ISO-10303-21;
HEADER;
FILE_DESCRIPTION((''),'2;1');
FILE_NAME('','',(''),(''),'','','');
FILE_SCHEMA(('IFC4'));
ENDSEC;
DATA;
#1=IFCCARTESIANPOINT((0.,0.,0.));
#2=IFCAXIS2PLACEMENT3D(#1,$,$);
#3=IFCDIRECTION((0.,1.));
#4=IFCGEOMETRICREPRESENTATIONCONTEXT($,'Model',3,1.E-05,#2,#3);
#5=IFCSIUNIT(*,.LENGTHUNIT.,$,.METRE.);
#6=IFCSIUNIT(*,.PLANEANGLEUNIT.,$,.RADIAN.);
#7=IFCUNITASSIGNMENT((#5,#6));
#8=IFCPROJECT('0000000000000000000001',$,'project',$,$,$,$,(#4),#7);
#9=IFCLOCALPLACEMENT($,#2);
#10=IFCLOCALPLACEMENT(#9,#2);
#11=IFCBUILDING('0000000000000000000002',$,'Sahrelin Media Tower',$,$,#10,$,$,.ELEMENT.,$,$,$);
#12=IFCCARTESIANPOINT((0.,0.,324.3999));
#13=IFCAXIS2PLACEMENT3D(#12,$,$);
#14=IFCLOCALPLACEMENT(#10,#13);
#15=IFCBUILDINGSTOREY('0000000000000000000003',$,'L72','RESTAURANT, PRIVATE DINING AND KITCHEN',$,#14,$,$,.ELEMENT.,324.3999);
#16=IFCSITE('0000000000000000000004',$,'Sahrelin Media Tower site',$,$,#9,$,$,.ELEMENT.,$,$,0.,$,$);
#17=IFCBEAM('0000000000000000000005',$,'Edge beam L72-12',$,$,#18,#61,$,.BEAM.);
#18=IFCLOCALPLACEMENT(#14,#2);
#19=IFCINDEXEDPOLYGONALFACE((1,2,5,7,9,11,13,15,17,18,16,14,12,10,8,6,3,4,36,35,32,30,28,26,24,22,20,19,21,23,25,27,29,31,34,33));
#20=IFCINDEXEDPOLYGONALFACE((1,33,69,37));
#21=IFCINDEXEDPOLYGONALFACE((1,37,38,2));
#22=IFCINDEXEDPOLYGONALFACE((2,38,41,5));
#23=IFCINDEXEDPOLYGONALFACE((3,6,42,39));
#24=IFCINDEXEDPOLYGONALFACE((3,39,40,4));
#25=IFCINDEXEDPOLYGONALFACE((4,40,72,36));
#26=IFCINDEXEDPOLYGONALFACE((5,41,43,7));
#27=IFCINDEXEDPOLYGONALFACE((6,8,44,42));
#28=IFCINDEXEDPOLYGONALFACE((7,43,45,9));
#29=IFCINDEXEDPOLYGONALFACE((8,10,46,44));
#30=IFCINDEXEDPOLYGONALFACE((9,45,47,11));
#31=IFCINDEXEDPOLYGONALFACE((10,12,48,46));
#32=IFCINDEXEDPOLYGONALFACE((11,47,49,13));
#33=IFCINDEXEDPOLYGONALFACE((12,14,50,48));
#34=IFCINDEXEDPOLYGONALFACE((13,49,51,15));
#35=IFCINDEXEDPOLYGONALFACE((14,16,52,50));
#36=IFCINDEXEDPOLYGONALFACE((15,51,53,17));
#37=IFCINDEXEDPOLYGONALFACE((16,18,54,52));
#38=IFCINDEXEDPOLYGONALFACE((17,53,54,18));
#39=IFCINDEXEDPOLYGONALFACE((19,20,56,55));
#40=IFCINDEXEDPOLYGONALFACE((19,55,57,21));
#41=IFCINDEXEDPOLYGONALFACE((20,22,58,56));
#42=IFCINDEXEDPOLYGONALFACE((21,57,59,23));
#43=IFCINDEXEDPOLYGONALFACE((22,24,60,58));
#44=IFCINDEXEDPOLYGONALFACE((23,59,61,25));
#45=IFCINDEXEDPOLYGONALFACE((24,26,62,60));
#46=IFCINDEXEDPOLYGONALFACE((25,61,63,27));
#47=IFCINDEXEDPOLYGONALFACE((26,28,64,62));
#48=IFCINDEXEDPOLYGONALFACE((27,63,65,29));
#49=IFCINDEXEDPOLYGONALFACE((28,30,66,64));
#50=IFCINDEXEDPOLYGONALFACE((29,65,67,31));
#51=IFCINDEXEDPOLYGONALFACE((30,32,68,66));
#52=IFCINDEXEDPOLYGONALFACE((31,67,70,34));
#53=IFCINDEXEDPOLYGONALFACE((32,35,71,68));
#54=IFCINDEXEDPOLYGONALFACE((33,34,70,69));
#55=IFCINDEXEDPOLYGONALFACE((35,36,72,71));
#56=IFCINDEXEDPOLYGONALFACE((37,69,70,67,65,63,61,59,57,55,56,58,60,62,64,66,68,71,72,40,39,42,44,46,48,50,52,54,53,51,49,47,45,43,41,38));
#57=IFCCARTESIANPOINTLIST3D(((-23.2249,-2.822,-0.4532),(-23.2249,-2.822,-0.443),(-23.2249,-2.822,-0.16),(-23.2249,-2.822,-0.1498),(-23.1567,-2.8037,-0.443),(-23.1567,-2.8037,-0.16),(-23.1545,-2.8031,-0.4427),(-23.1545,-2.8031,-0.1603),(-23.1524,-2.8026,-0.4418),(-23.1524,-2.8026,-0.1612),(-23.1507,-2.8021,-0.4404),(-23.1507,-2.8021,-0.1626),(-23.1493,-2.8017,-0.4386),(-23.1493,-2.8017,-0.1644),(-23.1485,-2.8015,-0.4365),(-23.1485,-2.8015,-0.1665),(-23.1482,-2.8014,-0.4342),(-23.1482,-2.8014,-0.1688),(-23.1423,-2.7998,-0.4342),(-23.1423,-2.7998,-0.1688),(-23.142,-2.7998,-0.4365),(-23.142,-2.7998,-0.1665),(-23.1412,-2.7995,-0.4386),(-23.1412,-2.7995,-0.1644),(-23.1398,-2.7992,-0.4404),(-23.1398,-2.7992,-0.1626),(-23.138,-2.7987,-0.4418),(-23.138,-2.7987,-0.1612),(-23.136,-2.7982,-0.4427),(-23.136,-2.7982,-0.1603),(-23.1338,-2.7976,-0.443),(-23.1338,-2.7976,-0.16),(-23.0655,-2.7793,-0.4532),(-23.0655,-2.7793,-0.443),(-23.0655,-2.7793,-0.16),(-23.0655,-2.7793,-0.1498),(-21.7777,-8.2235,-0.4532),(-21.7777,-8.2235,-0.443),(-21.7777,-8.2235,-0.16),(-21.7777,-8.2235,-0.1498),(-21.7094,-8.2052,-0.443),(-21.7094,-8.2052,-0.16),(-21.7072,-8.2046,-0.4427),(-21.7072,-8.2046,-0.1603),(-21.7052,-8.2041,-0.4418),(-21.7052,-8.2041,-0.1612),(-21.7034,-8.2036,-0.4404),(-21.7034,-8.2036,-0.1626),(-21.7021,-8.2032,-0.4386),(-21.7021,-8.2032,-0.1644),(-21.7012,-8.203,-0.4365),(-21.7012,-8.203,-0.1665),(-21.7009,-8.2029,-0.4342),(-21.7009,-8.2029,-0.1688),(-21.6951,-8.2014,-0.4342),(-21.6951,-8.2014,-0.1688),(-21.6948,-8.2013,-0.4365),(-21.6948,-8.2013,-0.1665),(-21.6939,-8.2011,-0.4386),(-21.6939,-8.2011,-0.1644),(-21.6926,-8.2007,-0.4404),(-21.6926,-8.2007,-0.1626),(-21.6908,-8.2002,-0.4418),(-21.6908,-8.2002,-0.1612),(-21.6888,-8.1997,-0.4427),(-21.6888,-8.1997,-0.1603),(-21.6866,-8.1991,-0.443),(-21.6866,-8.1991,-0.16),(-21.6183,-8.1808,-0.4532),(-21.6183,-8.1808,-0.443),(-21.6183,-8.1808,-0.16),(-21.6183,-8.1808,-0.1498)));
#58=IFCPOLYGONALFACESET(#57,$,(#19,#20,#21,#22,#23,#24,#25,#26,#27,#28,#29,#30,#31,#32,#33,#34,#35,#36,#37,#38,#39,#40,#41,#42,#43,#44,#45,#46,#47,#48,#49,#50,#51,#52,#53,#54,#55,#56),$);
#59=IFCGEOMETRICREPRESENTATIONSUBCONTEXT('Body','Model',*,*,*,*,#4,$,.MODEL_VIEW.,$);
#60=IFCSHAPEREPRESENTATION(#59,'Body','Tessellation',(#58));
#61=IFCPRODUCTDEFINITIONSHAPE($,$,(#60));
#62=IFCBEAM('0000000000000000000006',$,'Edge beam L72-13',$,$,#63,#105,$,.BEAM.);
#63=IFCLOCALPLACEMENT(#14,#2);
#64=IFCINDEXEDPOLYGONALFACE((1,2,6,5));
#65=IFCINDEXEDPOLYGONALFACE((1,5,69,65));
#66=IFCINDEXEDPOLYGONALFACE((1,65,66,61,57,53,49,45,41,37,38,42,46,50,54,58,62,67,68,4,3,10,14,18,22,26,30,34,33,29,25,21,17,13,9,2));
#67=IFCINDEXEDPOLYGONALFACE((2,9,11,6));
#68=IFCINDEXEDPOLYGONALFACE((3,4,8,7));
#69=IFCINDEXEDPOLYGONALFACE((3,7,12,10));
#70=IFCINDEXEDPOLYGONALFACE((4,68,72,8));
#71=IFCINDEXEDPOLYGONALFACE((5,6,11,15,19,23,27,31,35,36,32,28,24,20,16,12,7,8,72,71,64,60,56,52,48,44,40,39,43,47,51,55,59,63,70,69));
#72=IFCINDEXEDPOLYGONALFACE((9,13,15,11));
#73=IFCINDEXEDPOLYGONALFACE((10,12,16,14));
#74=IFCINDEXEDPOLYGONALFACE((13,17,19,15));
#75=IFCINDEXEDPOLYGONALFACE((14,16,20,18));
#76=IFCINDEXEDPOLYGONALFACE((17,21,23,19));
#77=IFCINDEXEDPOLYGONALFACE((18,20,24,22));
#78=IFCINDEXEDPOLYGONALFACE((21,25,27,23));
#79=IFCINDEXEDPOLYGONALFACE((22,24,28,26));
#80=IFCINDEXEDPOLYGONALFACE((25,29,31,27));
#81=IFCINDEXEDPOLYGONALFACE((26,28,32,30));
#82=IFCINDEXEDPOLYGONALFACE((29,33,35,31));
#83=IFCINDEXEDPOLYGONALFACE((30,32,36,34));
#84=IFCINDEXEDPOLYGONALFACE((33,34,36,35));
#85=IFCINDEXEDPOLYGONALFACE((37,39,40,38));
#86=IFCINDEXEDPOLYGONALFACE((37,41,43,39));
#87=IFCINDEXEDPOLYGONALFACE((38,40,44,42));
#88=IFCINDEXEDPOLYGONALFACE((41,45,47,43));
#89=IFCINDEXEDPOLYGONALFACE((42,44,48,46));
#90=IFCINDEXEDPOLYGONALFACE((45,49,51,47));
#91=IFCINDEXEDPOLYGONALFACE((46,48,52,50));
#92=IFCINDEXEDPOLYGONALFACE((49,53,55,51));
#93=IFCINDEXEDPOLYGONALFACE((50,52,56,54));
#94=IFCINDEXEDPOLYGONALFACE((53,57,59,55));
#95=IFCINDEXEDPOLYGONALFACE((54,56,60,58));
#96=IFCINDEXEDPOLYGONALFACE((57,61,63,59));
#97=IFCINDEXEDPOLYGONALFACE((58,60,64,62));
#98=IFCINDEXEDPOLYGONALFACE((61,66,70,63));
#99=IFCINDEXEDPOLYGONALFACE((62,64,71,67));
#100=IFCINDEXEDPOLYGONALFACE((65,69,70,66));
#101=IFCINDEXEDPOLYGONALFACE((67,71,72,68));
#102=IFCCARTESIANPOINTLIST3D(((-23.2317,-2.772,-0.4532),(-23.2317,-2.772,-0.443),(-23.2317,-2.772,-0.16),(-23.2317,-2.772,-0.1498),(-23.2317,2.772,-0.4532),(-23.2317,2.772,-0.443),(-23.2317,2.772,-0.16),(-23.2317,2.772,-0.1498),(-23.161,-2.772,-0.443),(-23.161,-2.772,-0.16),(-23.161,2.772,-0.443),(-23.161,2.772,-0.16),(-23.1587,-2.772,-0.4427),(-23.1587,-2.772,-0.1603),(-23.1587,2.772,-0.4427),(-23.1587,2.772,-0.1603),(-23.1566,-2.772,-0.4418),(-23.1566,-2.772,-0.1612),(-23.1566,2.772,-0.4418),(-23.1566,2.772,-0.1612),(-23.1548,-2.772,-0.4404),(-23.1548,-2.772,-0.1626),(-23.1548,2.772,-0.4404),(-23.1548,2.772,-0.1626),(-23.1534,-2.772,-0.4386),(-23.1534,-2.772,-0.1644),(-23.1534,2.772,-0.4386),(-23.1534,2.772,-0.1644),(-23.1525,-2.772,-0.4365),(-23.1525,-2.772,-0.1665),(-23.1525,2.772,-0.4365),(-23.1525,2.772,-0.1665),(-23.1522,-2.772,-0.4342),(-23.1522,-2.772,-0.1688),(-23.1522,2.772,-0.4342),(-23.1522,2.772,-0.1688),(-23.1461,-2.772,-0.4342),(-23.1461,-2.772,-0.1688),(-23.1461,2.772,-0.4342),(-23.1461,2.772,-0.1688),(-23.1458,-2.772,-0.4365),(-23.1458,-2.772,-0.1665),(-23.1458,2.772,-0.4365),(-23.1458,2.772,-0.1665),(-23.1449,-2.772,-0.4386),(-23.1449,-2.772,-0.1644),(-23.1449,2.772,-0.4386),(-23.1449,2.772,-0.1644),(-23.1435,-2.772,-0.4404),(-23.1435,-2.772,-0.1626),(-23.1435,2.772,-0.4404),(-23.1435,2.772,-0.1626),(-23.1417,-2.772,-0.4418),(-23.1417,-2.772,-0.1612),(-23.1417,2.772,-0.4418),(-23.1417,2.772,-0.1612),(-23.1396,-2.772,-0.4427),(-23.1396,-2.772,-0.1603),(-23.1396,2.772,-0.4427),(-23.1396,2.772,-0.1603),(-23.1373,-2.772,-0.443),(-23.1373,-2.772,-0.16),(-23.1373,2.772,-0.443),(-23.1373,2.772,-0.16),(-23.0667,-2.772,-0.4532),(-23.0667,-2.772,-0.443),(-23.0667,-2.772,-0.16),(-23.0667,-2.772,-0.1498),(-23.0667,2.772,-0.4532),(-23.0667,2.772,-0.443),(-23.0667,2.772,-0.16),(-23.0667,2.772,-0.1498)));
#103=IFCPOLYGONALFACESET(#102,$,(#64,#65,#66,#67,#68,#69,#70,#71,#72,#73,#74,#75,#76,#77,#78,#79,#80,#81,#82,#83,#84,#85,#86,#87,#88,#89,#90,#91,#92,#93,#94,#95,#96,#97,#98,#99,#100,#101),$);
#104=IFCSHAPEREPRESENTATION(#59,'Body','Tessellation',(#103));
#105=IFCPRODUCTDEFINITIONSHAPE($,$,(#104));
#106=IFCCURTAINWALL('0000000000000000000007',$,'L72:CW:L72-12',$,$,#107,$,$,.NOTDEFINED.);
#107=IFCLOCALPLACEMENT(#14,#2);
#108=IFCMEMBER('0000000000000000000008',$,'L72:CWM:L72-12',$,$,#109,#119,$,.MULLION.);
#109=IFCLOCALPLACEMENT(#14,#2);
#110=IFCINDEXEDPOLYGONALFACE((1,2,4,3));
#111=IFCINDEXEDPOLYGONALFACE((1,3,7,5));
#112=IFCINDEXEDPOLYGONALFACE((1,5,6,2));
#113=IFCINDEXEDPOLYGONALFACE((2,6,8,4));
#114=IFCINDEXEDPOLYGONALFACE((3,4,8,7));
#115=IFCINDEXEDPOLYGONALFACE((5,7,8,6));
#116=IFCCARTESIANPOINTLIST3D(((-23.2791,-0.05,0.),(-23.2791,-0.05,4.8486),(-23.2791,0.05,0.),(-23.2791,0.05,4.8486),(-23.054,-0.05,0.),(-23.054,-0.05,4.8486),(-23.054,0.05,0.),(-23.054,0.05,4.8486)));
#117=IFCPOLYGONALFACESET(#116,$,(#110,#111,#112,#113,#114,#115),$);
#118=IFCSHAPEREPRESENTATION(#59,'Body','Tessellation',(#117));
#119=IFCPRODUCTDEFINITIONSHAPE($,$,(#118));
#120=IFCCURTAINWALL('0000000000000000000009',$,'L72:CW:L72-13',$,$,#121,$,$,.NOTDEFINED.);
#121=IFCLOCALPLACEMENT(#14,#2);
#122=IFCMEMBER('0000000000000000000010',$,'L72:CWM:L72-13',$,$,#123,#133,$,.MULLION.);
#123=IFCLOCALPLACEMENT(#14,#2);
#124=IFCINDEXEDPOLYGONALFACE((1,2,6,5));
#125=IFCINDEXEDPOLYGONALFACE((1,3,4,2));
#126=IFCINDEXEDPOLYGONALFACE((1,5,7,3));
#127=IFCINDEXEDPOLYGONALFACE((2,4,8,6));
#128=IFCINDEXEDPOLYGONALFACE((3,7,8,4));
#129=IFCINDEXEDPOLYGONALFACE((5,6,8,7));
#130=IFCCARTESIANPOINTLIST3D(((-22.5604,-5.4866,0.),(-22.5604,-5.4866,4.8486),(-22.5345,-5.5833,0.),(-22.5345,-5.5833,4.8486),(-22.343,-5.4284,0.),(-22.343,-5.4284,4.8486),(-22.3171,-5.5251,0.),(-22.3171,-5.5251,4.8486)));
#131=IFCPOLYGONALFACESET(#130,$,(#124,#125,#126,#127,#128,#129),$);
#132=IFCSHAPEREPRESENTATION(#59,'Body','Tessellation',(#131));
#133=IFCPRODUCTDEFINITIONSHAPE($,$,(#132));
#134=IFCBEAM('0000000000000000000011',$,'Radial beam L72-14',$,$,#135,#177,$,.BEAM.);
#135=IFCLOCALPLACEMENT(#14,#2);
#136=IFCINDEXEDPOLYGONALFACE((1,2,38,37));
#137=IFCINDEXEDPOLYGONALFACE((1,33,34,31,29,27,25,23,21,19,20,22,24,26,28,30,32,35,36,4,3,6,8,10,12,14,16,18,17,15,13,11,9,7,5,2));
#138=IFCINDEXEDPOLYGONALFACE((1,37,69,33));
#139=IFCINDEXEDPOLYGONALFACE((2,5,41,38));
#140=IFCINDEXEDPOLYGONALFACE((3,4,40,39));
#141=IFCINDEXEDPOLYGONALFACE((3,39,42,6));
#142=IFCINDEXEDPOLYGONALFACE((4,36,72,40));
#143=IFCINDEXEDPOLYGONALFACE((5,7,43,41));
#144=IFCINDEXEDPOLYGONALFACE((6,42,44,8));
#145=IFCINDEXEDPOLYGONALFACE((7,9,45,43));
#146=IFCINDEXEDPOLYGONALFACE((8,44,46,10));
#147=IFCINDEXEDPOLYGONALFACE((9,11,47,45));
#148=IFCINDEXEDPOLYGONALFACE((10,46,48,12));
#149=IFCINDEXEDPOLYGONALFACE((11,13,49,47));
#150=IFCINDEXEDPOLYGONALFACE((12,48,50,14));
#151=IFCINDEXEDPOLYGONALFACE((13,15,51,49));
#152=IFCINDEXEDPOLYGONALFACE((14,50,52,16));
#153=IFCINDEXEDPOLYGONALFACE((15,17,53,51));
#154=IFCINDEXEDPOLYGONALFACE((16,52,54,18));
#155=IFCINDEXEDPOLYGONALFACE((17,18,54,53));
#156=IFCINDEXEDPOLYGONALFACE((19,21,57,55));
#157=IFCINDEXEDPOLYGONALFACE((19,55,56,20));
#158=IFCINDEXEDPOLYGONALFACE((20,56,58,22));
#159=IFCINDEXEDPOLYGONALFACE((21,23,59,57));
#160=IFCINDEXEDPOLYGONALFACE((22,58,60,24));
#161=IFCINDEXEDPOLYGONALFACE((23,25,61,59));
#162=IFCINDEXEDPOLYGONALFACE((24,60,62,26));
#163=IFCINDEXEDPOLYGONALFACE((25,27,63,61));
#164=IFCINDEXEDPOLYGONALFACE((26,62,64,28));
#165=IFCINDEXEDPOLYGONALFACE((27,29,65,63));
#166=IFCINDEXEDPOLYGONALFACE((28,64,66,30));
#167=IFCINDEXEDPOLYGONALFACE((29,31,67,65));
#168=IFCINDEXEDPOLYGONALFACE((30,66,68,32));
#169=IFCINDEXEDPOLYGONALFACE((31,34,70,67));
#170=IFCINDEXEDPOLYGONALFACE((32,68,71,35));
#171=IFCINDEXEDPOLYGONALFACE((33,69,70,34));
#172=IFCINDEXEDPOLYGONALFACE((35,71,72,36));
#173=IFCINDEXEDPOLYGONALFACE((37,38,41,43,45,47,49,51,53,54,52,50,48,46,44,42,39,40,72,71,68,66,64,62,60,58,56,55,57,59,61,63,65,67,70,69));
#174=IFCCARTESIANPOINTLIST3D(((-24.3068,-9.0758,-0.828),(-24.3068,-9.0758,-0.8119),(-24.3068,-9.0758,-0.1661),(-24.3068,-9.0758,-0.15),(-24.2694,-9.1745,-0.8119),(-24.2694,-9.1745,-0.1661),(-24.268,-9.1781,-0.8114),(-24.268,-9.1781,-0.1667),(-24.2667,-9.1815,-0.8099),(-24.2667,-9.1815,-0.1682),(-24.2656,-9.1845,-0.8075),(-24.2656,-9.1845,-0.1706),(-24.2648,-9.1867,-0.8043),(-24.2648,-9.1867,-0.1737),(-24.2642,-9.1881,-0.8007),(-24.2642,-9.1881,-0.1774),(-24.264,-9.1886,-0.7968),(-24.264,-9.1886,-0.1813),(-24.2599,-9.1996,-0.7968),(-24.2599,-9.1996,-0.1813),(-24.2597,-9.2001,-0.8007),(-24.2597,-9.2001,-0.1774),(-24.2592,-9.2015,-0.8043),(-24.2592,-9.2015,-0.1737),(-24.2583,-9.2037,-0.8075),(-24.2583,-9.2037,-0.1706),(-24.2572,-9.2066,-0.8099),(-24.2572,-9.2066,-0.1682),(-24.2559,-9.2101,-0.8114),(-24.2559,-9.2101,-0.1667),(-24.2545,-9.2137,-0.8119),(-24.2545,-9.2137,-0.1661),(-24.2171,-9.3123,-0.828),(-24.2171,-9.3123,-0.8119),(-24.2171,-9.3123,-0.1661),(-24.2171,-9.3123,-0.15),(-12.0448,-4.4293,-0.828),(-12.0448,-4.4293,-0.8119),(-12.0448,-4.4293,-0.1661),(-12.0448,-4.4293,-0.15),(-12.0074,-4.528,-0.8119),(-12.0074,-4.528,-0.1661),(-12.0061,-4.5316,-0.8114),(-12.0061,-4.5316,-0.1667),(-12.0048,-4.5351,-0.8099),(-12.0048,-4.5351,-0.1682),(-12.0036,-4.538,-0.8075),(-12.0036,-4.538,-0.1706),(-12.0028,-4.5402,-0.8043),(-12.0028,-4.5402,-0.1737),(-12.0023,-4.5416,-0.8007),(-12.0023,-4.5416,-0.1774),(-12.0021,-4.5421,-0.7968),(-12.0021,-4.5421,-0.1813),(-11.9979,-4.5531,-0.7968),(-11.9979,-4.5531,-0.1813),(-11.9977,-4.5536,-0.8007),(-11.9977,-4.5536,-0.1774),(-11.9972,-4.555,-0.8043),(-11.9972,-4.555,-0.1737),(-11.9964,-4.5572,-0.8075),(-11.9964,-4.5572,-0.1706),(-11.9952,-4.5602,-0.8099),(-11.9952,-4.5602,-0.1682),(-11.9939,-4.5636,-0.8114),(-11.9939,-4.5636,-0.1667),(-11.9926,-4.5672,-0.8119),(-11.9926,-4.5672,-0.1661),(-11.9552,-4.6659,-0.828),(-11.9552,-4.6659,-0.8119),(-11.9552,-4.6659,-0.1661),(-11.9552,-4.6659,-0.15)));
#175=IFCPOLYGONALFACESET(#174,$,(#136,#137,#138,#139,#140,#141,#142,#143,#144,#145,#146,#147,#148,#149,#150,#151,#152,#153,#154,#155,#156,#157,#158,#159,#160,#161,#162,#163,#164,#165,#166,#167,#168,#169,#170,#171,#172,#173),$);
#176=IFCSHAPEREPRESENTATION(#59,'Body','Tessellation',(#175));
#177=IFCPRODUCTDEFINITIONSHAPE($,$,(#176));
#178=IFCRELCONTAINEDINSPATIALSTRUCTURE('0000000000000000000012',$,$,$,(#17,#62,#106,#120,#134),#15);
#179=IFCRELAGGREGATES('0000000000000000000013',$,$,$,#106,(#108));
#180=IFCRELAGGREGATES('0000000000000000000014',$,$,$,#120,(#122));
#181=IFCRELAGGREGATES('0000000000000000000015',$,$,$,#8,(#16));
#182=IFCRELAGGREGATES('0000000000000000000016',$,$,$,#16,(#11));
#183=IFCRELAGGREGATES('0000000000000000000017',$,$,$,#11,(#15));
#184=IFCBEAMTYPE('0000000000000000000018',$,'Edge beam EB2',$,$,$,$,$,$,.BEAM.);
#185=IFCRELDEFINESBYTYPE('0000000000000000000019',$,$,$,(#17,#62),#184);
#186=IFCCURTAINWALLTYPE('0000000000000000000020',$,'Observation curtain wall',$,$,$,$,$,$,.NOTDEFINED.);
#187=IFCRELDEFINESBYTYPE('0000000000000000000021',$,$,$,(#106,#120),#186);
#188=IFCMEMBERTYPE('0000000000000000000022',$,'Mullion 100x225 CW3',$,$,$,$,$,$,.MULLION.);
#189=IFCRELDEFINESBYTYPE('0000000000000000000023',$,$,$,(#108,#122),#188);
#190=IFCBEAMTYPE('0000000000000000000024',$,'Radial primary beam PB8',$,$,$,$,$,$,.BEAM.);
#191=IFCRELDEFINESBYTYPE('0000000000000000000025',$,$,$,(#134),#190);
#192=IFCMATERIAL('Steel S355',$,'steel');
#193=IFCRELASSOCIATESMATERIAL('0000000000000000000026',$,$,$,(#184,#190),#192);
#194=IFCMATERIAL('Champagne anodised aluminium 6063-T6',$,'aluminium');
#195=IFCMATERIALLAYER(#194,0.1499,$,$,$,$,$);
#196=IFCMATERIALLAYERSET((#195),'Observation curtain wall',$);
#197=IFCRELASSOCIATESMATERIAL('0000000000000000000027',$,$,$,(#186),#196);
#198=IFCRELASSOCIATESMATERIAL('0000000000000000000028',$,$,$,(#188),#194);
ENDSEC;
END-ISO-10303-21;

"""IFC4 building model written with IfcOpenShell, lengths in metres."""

from ifc_helpers import new_model, si_unit, direction, frame, origin, origin_2d, place, context, subcontext, project, spatial, rectangle, i_section, extrude, material, layer, layer_set, material_profile, profile_set, type_object, element, aggregate, save


model = new_model("IFC4")

# Units and contexts
model_context = context("Model", 3, precision=1e-05, world=origin(), true_north=direction((0.0, 1.0)))
body_context = subcontext(model_context, "Body", "Model", "MODEL_VIEW")
ifc_project = project(units=[si_unit("LENGTHUNIT", "METRE"), si_unit("PLANEANGLEUNIT", "RADIAN")], contexts=[model_context])

# Site, building, storey
site_placement = place(None, origin())
site = spatial("IfcSite", under=ifc_project, at=site_placement, Name="Sahrelin Media Tower site", CompositionType="ELEMENT", RefElevation=0.0)
building_placement = place(site_placement, origin())
building = spatial("IfcBuilding", under=site, at=building_placement, Name="Sahrelin Media Tower", CompositionType="ELEMENT")
storey_placement = place(building_placement, frame((0.0, 0.0, 324.3999)))
storey = spatial("IfcBuildingStorey", under=building, at=storey_placement, Name="L72", Description="RESTAURANT, PRIVATE DINING AND KITCHEN", CompositionType="ELEMENT", Elevation=324.3999)

# Beams
ifc_material_1 = material(Name="Steel S355", Category="steel")
ifc_material_profile_1 = material_profile(ifc_material_1, i_section(OverallWidth=0.165, OverallDepth=0.3035, WebThickness=0.0061, FlangeThickness=0.0103, FilletRadius=0.0088, at=origin_2d()), Name="UB 305x165x40")
ifc_profile_set_1 = profile_set([ifc_material_profile_1], Name="Steel S355")
beam_type_1 = type_object("IfcBeamType", Name="Edge beam EB2", PredefinedType="BEAM", material=ifc_profile_set_1)
beam_1_placement = place(storey_placement, frame((-21.698, -8.2021, -0.3015), z_axis=(-0.258804, 0.96593, 0.0), x_axis=(-0.96593, -0.258804, 0.0)))
element("IfcBeam", 1, at=beam_1_placement, inside=storey, type_object=beam_type_1, Name="Edge beam L72-12", PredefinedType="BEAM", context=body_context, shape_type="SweptSolid", body=[
    extrude(i_section(OverallWidth=0.165, OverallDepth=0.3035, WebThickness=0.0061, FlangeThickness=0.0103, FilletRadius=0.0088, at=origin_2d()), origin(), (0.0, 0.0, 1.0), 5.592),
])
beam_2_placement = place(storey_placement, frame((-23.1492, -2.772, -0.3015), z_axis=(0.0, 1.0, 0.0), x_axis=(-1.0, 0.0, 0.0)))
element("IfcBeam", 2, at=beam_2_placement, inside=storey, type_object=beam_type_1, Name="Edge beam L72-13", PredefinedType="BEAM", context=body_context, shape_type="SweptSolid", body=[
    extrude(i_section(OverallWidth=0.165, OverallDepth=0.3035, WebThickness=0.0061, FlangeThickness=0.0103, FilletRadius=0.0088, at=origin_2d()), origin(), (0.0, 0.0, 1.0), 5.5439),
])

# Curtain walls, members
ifc_material_2 = material(Name="Champagne anodised aluminium 6063-T6", Category="aluminium")
ifc_layer_1 = layer(ifc_material_2, 0.1499)
ifc_layer_set_1 = layer_set([ifc_layer_1], Name="Observation curtain wall")
curtain_wall_type = type_object("IfcCurtainWallType", Name="Observation curtain wall", PredefinedType="NOTDEFINED", material=ifc_layer_set_1)
curtain_wall_1_placement = place(storey_placement, frame((-23.2991, 0.0, 0.0), z_axis=(0.0, 0.0, 1.0), x_axis=(1.0, 0.0, 0.0)))
curtain_wall_1 = element("IfcCurtainWall", 3, at=curtain_wall_1_placement, inside=storey, type_object=curtain_wall_type, Name="L72:CW:L72-12", PredefinedType="NOTDEFINED")
ifc_material_profile_2 = material_profile(ifc_material_2, rectangle(XDim=0.1001, YDim=0.2251, at=origin_2d()), Name="Mullion 100x225")
ifc_profile_set_2 = profile_set([ifc_material_profile_2], Name="Champagne anodised aluminium 6063-T6")
member_type_1 = type_object("IfcMemberType", Name="Mullion 100x225 CW3", PredefinedType="MULLION", material=ifc_profile_set_2)
member_1_placement = place(storey_placement, frame((-23.1665, 0.0, 0.0), z_axis=(0.0, 0.0, 1.0), x_axis=(0.0, -1.0, 0.0)))
member_1 = element("IfcMember", 4, at=member_1_placement, type_object=member_type_1, Name="L72:CWM:L72-12", PredefinedType="MULLION", context=body_context, shape_type="SweptSolid", body=[
    extrude(rectangle(XDim=0.1001, YDim=0.2251, at=origin_2d()), origin(), (0.0, 0.0, 1.0), 4.8486),
])
aggregate(curtain_wall_1, [member_1])
curtain_wall_2_placement = place(storey_placement, frame((-22.5664, -5.5403, 0.0), z_axis=(0.0, 0.0, 1.0), x_axis=(1.0, 0.0, 0.0)))
curtain_wall_2 = element("IfcCurtainWall", 5, at=curtain_wall_2_placement, inside=storey, type_object=curtain_wall_type, Name="L72:CW:L72-13", PredefinedType="NOTDEFINED")
member_2_placement = place(storey_placement, frame((-22.4387, -5.5059, 0.0), z_axis=(0.0, 0.0, 1.0), x_axis=(0.258816, -0.965927, 0.0)))
member_2 = element("IfcMember", 6, at=member_2_placement, type_object=member_type_1, Name="L72:CWM:L72-13", PredefinedType="MULLION", context=body_context, shape_type="SweptSolid", body=[
    extrude(rectangle(XDim=0.1001, YDim=0.2251, at=origin_2d()), origin(), (0.0, 0.0, 1.0), 4.8486),
])

# Beam
ifc_material_profile_3 = material_profile(ifc_material_1, i_section(OverallWidth=0.2529, OverallDepth=0.678, WebThickness=0.0117, FlangeThickness=0.0161, FilletRadius=0.0151, at=origin_2d()), Name="UB 686x254x125")
ifc_profile_set_3 = profile_set([ifc_material_profile_3], Name="Steel S355")
beam_type_2 = type_object("IfcBeamType", Name="Radial primary beam PB8", PredefinedType="BEAM", material=ifc_profile_set_3)
beam_3_placement = place(storey_placement, frame((-12.0, -4.5476, -0.489), z_axis=(-0.935114, -0.354347, 0.0), x_axis=(0.354347, -0.935114, 0.0)))
element("IfcBeam", 7, at=beam_3_placement, inside=storey, type_object=beam_type_2, Name="Radial beam L72-14", PredefinedType="BEAM", context=body_context, shape_type="SweptSolid", body=[
    extrude(i_section(OverallWidth=0.2529, OverallDepth=0.678, WebThickness=0.0117, FlangeThickness=0.0161, FilletRadius=0.0151, at=origin_2d()), origin(), (0.0, 0.0, 1.0), 13.1128),
])

aggregate(curtain_wall_2, [member_2])

save(model, "model.ifc")
